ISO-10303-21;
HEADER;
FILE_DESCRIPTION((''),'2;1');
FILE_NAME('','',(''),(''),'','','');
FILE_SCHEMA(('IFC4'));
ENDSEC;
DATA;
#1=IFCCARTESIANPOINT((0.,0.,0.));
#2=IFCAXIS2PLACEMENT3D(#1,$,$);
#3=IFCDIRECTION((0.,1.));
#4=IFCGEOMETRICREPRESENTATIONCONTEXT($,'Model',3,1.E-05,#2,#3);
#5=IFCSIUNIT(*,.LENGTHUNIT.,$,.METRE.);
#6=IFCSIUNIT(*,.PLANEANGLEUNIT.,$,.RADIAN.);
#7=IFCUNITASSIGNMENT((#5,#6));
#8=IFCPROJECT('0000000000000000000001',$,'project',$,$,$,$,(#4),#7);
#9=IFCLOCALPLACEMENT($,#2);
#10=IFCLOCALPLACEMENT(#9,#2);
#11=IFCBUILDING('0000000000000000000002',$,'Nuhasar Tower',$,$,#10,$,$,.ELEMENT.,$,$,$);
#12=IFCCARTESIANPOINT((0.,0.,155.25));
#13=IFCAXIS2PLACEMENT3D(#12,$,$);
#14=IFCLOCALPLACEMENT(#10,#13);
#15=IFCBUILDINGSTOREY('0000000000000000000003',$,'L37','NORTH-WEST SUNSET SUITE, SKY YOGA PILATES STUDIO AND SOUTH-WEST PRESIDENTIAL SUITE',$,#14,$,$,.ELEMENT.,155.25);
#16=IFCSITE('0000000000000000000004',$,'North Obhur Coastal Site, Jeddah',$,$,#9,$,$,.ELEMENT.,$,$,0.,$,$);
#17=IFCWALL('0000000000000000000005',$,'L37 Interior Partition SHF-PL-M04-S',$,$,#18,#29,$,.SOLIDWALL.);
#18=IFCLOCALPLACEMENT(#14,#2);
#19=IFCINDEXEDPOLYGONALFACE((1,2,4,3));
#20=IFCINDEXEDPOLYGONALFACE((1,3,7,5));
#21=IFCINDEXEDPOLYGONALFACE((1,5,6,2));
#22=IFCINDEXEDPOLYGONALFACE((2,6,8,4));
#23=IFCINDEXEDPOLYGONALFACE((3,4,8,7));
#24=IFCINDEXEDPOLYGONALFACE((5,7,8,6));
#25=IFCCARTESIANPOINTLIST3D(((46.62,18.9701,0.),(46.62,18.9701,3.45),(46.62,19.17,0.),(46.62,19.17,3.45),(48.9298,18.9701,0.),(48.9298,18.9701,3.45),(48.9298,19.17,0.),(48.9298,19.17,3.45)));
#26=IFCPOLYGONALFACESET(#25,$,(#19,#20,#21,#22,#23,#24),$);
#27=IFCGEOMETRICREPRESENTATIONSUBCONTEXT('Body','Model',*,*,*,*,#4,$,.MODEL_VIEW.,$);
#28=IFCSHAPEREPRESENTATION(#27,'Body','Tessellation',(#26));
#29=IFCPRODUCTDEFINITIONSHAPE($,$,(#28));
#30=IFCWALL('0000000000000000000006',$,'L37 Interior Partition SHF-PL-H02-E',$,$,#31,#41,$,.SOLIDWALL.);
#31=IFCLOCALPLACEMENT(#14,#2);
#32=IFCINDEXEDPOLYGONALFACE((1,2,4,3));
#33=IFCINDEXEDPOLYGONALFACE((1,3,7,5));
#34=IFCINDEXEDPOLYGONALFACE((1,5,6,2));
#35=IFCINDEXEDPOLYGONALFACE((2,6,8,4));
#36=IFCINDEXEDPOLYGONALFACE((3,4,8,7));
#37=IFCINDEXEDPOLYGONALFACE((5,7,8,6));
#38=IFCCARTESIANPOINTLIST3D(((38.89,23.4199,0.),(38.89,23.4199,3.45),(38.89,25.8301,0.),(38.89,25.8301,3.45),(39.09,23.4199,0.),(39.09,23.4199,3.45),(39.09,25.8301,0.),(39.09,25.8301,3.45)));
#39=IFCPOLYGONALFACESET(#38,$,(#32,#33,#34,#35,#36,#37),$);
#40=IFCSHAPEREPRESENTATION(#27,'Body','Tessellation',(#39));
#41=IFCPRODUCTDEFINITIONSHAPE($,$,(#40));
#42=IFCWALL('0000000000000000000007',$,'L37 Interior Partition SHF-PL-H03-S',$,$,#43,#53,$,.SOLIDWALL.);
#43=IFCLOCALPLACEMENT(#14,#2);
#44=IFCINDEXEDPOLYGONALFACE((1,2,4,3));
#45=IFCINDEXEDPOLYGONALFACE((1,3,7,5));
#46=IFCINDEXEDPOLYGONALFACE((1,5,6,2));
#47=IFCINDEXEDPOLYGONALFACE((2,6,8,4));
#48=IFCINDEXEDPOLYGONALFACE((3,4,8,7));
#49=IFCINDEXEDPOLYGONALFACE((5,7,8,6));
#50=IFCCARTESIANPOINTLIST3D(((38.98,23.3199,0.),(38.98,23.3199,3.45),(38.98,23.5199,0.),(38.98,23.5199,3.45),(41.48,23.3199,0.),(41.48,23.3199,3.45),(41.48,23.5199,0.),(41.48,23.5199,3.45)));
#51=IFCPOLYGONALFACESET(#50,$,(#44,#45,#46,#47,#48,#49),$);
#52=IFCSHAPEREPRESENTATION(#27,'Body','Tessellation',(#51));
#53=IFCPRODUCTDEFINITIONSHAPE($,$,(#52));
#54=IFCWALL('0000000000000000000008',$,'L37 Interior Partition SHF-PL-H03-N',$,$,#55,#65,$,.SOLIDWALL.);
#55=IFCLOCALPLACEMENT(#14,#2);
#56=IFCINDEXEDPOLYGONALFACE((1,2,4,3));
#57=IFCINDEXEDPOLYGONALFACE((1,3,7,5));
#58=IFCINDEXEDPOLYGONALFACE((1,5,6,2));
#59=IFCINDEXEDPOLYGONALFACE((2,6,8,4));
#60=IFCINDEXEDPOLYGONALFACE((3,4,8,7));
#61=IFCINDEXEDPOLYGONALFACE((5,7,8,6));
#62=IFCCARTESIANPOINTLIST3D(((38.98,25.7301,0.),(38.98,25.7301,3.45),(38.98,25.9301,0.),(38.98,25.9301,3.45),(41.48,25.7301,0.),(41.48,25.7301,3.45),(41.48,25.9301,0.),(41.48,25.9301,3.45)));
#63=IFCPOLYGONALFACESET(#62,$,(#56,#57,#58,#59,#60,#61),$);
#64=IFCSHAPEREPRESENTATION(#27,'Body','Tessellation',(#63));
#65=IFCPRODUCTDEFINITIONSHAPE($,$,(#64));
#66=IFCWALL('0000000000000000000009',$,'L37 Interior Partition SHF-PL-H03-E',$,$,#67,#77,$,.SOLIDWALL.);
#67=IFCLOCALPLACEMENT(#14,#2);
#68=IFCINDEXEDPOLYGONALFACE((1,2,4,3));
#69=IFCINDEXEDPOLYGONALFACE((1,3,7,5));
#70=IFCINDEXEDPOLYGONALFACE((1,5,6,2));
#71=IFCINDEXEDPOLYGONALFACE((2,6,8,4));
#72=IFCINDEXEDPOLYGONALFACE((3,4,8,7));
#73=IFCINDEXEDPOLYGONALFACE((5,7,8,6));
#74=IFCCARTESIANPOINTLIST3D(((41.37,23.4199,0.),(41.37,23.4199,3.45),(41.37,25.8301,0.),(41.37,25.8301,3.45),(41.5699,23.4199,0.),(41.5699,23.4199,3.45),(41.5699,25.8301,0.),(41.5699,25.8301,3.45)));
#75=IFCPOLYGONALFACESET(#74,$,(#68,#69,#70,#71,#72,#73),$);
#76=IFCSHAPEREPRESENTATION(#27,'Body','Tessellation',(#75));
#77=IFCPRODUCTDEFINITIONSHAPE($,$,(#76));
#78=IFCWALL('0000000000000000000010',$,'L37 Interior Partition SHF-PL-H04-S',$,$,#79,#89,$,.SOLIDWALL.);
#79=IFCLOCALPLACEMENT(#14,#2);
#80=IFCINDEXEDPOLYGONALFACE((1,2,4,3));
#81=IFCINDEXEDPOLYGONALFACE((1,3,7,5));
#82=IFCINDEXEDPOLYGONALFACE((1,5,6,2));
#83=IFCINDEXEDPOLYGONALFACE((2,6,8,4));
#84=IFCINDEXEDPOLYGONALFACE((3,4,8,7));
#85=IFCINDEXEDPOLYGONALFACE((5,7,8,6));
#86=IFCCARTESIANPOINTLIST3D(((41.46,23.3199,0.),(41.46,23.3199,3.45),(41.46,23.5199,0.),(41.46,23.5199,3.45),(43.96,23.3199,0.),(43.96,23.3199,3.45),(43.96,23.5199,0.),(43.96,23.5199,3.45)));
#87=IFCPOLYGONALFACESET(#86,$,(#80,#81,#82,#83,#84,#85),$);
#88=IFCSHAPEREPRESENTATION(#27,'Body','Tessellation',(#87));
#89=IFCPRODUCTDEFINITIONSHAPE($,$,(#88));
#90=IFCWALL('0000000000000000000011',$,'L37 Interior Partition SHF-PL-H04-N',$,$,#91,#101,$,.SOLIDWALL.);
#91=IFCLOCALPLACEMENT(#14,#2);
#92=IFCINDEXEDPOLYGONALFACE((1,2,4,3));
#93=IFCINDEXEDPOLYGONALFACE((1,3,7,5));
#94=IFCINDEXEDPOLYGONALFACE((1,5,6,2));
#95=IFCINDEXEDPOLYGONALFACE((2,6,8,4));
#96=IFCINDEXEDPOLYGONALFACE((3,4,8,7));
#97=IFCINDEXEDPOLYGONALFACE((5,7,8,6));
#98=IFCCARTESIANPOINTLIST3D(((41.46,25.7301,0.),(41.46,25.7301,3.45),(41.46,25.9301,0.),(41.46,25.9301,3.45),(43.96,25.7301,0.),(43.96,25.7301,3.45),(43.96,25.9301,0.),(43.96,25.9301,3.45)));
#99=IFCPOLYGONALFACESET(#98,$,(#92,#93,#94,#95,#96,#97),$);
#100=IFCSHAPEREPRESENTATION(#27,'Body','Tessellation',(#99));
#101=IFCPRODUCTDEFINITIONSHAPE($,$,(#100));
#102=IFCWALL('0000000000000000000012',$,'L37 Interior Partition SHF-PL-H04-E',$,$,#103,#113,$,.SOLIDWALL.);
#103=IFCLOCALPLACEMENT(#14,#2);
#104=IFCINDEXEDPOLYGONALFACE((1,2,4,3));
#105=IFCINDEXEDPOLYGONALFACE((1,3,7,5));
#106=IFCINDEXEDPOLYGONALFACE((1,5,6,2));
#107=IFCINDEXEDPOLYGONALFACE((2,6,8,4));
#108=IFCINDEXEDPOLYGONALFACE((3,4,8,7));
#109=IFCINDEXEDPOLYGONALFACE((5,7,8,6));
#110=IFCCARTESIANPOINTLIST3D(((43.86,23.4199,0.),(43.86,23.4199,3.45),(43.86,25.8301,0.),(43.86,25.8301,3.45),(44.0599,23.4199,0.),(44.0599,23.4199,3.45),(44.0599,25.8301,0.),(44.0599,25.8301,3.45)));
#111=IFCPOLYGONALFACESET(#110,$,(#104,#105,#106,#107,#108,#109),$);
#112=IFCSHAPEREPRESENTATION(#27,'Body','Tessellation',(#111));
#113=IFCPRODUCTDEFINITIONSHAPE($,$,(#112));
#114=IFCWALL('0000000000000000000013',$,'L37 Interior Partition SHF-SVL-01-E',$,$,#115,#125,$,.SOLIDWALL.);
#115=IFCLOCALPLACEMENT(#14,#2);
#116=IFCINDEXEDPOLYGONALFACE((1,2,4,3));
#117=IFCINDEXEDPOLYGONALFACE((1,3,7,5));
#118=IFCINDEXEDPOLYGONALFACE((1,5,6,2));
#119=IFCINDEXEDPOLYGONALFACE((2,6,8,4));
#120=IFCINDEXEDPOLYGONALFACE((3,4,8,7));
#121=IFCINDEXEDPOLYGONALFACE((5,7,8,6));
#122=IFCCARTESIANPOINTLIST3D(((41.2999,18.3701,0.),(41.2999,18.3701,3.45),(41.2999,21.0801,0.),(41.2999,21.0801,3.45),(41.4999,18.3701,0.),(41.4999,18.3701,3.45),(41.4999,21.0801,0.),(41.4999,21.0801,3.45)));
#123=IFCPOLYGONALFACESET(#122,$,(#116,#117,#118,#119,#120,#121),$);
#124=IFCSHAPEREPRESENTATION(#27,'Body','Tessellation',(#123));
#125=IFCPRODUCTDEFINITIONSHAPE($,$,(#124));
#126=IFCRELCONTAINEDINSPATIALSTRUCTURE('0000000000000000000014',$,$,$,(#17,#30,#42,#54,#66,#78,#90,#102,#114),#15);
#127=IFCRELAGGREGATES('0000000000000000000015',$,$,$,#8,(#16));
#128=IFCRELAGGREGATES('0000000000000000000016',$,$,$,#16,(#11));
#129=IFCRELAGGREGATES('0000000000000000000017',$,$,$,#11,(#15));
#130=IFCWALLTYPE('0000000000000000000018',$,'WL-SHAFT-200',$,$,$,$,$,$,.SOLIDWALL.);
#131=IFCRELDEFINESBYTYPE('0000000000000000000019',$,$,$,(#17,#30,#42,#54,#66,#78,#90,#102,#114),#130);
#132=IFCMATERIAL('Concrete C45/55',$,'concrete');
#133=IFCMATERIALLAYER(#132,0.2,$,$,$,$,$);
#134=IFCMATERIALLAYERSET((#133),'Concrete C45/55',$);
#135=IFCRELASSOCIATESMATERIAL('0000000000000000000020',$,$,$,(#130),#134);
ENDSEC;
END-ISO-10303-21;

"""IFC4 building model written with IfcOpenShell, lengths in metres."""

from ifc_helpers import new_model, si_unit, direction, frame, frame_2d, origin, place, context, subcontext, project, spatial, rectangle, extrude, material, layer, layer_set, type_object, element, save


model = new_model("IFC4")

# Units and contexts
model_context = context("Model", 3, precision=1e-05, world=origin(), true_north=direction((0.0, 1.0)))
body_context = subcontext(model_context, "Body", "Model", "MODEL_VIEW")
ifc_project = project(units=[si_unit("LENGTHUNIT", "METRE"), si_unit("PLANEANGLEUNIT", "RADIAN")], contexts=[model_context])

# Site, building, storey
site_placement = place(None, origin())
site = spatial("IfcSite", under=ifc_project, at=site_placement, Name="North Obhur Coastal Site, Jeddah", CompositionType="ELEMENT", RefElevation=0.0)
building_placement = place(site_placement, origin())
building = spatial("IfcBuilding", under=site, at=building_placement, Name="Nuhasar Tower", CompositionType="ELEMENT")
storey_placement = place(building_placement, frame((0.0, 0.0, 155.25)))
storey = spatial("IfcBuildingStorey", under=building, at=storey_placement, Name="L37", Description="NORTH-WEST SUNSET SUITE, SKY YOGA PILATES STUDIO AND SOUTH-WEST PRESIDENTIAL SUITE", CompositionType="ELEMENT", Elevation=155.25)

# Shared definitions
ifc_material_1 = material(Name="Concrete C45/55", Category="concrete")

# Shared definitions
ifc_layer_1 = layer(ifc_material_1, 0.2)
ifc_layer_set_1 = layer_set([ifc_layer_1], Name="Concrete C45/55")
wall_type_1 = type_object("IfcWallType", Name="WL-SHAFT-200", PredefinedType="SOLIDWALL", material=ifc_layer_set_1)

# Walls
wall_1_placement = place(storey_placement, frame((46.6201, 19.0701, 0.0), z_axis=(0.0, 0.0, 1.0), x_axis=(1.0, 0.0, 0.0)))
element("IfcWall", 1, at=wall_1_placement, inside=storey, type_object=wall_type_1, Name="L37 Interior Partition SHF-PL-M04-S", PredefinedType="SOLIDWALL", context=body_context, shape_type="SweptSolid", body=[
    extrude(rectangle(XDim=2.3098, YDim=0.2, at=frame_2d((1.1548, 0.0))), origin(), (0.0, 0.0, 1.0), 3.45),
])
wall_2_placement = place(storey_placement, frame((38.99, 23.4199, 0.0), z_axis=(0.0, 0.0, 1.0), x_axis=(0.0, 1.0, 0.0)))
element("IfcWall", 2, at=wall_2_placement, inside=storey, type_object=wall_type_1, Name="L37 Interior Partition SHF-PL-H02-E", PredefinedType="SOLIDWALL", context=body_context, shape_type="SweptSolid", body=[
    extrude(rectangle(XDim=2.4102, YDim=0.2, at=frame_2d((1.2051, 0.0))), origin(), (0.0, 0.0, 1.0), 3.45),
])
for number, where, z_axis, x_axis, name in (
    (3, (38.98, 23.4199, 0.0), (0.0, 0.0, 1.0), (1.0, 0.0, 0.0), "L37 Interior Partition SHF-PL-H03-S"),
    (4, (38.98, 25.8301, 0.0), (0.0, 0.0, 1.0), (1.0, 0.0, 0.0), "L37 Interior Partition SHF-PL-H03-N"),
):
    element("IfcWall", number, at=place(storey_placement, frame(where, z_axis=z_axis, x_axis=x_axis)), inside=storey, type_object=wall_type_1, Name=name, PredefinedType="SOLIDWALL", context=body_context, shape_type="SweptSolid", body=[
        extrude(rectangle(XDim=2.5, YDim=0.2, at=frame_2d((1.25, 0.0))), origin(), (0.0, 0.0, 1.0), 3.45),
    ])
wall_3_placement = place(storey_placement, frame((41.47, 23.4199, 0.0), z_axis=(0.0, 0.0, 1.0), x_axis=(0.0, 1.0, 0.0)))
element("IfcWall", 5, at=wall_3_placement, inside=storey, type_object=wall_type_1, Name="L37 Interior Partition SHF-PL-H03-E", PredefinedType="SOLIDWALL", context=body_context, shape_type="SweptSolid", body=[
    extrude(rectangle(XDim=2.4102, YDim=0.2, at=frame_2d((1.2051, 0.0))), origin(), (0.0, 0.0, 1.0), 3.45),
])
for number, where, z_axis, x_axis, name in (
    (6, (41.46, 23.4199, 0.0), (0.0, 0.0, 1.0), (1.0, 0.0, 0.0), "L37 Interior Partition SHF-PL-H04-S"),
    (7, (41.46, 25.8301, 0.0), (0.0, 0.0, 1.0), (1.0, 0.0, 0.0), "L37 Interior Partition SHF-PL-H04-N"),
):
    element("IfcWall", number, at=place(storey_placement, frame(where, z_axis=z_axis, x_axis=x_axis)), inside=storey, type_object=wall_type_1, Name=name, PredefinedType="SOLIDWALL", context=body_context, shape_type="SweptSolid", body=[
        extrude(rectangle(XDim=2.5, YDim=0.2, at=frame_2d((1.25, 0.0))), origin(), (0.0, 0.0, 1.0), 3.45),
    ])
wall_4_placement = place(storey_placement, frame((43.96, 23.4199, 0.0), z_axis=(0.0, 0.0, 1.0), x_axis=(0.0, 1.0, 0.0)))
element("IfcWall", 8, at=wall_4_placement, inside=storey, type_object=wall_type_1, Name="L37 Interior Partition SHF-PL-H04-E", PredefinedType="SOLIDWALL", context=body_context, shape_type="SweptSolid", body=[
    extrude(rectangle(XDim=2.4102, YDim=0.2, at=frame_2d((1.2051, 0.0))), origin(), (0.0, 0.0, 1.0), 3.45),
])
wall_5_placement = place(storey_placement, frame((41.3999, 18.3701, 0.0), z_axis=(0.0, 0.0, 1.0), x_axis=(0.0, 1.0, 0.0)))
element("IfcWall", 9, at=wall_5_placement, inside=storey, type_object=wall_type_1, Name="L37 Interior Partition SHF-SVL-01-E", PredefinedType="SOLIDWALL", context=body_context, shape_type="SweptSolid", body=[
    extrude(rectangle(XDim=2.71, YDim=0.2, at=frame_2d((1.355, 0.0))), origin(), (0.0, 0.0, 1.0), 3.45),
])

save(model, "model.ifc")
